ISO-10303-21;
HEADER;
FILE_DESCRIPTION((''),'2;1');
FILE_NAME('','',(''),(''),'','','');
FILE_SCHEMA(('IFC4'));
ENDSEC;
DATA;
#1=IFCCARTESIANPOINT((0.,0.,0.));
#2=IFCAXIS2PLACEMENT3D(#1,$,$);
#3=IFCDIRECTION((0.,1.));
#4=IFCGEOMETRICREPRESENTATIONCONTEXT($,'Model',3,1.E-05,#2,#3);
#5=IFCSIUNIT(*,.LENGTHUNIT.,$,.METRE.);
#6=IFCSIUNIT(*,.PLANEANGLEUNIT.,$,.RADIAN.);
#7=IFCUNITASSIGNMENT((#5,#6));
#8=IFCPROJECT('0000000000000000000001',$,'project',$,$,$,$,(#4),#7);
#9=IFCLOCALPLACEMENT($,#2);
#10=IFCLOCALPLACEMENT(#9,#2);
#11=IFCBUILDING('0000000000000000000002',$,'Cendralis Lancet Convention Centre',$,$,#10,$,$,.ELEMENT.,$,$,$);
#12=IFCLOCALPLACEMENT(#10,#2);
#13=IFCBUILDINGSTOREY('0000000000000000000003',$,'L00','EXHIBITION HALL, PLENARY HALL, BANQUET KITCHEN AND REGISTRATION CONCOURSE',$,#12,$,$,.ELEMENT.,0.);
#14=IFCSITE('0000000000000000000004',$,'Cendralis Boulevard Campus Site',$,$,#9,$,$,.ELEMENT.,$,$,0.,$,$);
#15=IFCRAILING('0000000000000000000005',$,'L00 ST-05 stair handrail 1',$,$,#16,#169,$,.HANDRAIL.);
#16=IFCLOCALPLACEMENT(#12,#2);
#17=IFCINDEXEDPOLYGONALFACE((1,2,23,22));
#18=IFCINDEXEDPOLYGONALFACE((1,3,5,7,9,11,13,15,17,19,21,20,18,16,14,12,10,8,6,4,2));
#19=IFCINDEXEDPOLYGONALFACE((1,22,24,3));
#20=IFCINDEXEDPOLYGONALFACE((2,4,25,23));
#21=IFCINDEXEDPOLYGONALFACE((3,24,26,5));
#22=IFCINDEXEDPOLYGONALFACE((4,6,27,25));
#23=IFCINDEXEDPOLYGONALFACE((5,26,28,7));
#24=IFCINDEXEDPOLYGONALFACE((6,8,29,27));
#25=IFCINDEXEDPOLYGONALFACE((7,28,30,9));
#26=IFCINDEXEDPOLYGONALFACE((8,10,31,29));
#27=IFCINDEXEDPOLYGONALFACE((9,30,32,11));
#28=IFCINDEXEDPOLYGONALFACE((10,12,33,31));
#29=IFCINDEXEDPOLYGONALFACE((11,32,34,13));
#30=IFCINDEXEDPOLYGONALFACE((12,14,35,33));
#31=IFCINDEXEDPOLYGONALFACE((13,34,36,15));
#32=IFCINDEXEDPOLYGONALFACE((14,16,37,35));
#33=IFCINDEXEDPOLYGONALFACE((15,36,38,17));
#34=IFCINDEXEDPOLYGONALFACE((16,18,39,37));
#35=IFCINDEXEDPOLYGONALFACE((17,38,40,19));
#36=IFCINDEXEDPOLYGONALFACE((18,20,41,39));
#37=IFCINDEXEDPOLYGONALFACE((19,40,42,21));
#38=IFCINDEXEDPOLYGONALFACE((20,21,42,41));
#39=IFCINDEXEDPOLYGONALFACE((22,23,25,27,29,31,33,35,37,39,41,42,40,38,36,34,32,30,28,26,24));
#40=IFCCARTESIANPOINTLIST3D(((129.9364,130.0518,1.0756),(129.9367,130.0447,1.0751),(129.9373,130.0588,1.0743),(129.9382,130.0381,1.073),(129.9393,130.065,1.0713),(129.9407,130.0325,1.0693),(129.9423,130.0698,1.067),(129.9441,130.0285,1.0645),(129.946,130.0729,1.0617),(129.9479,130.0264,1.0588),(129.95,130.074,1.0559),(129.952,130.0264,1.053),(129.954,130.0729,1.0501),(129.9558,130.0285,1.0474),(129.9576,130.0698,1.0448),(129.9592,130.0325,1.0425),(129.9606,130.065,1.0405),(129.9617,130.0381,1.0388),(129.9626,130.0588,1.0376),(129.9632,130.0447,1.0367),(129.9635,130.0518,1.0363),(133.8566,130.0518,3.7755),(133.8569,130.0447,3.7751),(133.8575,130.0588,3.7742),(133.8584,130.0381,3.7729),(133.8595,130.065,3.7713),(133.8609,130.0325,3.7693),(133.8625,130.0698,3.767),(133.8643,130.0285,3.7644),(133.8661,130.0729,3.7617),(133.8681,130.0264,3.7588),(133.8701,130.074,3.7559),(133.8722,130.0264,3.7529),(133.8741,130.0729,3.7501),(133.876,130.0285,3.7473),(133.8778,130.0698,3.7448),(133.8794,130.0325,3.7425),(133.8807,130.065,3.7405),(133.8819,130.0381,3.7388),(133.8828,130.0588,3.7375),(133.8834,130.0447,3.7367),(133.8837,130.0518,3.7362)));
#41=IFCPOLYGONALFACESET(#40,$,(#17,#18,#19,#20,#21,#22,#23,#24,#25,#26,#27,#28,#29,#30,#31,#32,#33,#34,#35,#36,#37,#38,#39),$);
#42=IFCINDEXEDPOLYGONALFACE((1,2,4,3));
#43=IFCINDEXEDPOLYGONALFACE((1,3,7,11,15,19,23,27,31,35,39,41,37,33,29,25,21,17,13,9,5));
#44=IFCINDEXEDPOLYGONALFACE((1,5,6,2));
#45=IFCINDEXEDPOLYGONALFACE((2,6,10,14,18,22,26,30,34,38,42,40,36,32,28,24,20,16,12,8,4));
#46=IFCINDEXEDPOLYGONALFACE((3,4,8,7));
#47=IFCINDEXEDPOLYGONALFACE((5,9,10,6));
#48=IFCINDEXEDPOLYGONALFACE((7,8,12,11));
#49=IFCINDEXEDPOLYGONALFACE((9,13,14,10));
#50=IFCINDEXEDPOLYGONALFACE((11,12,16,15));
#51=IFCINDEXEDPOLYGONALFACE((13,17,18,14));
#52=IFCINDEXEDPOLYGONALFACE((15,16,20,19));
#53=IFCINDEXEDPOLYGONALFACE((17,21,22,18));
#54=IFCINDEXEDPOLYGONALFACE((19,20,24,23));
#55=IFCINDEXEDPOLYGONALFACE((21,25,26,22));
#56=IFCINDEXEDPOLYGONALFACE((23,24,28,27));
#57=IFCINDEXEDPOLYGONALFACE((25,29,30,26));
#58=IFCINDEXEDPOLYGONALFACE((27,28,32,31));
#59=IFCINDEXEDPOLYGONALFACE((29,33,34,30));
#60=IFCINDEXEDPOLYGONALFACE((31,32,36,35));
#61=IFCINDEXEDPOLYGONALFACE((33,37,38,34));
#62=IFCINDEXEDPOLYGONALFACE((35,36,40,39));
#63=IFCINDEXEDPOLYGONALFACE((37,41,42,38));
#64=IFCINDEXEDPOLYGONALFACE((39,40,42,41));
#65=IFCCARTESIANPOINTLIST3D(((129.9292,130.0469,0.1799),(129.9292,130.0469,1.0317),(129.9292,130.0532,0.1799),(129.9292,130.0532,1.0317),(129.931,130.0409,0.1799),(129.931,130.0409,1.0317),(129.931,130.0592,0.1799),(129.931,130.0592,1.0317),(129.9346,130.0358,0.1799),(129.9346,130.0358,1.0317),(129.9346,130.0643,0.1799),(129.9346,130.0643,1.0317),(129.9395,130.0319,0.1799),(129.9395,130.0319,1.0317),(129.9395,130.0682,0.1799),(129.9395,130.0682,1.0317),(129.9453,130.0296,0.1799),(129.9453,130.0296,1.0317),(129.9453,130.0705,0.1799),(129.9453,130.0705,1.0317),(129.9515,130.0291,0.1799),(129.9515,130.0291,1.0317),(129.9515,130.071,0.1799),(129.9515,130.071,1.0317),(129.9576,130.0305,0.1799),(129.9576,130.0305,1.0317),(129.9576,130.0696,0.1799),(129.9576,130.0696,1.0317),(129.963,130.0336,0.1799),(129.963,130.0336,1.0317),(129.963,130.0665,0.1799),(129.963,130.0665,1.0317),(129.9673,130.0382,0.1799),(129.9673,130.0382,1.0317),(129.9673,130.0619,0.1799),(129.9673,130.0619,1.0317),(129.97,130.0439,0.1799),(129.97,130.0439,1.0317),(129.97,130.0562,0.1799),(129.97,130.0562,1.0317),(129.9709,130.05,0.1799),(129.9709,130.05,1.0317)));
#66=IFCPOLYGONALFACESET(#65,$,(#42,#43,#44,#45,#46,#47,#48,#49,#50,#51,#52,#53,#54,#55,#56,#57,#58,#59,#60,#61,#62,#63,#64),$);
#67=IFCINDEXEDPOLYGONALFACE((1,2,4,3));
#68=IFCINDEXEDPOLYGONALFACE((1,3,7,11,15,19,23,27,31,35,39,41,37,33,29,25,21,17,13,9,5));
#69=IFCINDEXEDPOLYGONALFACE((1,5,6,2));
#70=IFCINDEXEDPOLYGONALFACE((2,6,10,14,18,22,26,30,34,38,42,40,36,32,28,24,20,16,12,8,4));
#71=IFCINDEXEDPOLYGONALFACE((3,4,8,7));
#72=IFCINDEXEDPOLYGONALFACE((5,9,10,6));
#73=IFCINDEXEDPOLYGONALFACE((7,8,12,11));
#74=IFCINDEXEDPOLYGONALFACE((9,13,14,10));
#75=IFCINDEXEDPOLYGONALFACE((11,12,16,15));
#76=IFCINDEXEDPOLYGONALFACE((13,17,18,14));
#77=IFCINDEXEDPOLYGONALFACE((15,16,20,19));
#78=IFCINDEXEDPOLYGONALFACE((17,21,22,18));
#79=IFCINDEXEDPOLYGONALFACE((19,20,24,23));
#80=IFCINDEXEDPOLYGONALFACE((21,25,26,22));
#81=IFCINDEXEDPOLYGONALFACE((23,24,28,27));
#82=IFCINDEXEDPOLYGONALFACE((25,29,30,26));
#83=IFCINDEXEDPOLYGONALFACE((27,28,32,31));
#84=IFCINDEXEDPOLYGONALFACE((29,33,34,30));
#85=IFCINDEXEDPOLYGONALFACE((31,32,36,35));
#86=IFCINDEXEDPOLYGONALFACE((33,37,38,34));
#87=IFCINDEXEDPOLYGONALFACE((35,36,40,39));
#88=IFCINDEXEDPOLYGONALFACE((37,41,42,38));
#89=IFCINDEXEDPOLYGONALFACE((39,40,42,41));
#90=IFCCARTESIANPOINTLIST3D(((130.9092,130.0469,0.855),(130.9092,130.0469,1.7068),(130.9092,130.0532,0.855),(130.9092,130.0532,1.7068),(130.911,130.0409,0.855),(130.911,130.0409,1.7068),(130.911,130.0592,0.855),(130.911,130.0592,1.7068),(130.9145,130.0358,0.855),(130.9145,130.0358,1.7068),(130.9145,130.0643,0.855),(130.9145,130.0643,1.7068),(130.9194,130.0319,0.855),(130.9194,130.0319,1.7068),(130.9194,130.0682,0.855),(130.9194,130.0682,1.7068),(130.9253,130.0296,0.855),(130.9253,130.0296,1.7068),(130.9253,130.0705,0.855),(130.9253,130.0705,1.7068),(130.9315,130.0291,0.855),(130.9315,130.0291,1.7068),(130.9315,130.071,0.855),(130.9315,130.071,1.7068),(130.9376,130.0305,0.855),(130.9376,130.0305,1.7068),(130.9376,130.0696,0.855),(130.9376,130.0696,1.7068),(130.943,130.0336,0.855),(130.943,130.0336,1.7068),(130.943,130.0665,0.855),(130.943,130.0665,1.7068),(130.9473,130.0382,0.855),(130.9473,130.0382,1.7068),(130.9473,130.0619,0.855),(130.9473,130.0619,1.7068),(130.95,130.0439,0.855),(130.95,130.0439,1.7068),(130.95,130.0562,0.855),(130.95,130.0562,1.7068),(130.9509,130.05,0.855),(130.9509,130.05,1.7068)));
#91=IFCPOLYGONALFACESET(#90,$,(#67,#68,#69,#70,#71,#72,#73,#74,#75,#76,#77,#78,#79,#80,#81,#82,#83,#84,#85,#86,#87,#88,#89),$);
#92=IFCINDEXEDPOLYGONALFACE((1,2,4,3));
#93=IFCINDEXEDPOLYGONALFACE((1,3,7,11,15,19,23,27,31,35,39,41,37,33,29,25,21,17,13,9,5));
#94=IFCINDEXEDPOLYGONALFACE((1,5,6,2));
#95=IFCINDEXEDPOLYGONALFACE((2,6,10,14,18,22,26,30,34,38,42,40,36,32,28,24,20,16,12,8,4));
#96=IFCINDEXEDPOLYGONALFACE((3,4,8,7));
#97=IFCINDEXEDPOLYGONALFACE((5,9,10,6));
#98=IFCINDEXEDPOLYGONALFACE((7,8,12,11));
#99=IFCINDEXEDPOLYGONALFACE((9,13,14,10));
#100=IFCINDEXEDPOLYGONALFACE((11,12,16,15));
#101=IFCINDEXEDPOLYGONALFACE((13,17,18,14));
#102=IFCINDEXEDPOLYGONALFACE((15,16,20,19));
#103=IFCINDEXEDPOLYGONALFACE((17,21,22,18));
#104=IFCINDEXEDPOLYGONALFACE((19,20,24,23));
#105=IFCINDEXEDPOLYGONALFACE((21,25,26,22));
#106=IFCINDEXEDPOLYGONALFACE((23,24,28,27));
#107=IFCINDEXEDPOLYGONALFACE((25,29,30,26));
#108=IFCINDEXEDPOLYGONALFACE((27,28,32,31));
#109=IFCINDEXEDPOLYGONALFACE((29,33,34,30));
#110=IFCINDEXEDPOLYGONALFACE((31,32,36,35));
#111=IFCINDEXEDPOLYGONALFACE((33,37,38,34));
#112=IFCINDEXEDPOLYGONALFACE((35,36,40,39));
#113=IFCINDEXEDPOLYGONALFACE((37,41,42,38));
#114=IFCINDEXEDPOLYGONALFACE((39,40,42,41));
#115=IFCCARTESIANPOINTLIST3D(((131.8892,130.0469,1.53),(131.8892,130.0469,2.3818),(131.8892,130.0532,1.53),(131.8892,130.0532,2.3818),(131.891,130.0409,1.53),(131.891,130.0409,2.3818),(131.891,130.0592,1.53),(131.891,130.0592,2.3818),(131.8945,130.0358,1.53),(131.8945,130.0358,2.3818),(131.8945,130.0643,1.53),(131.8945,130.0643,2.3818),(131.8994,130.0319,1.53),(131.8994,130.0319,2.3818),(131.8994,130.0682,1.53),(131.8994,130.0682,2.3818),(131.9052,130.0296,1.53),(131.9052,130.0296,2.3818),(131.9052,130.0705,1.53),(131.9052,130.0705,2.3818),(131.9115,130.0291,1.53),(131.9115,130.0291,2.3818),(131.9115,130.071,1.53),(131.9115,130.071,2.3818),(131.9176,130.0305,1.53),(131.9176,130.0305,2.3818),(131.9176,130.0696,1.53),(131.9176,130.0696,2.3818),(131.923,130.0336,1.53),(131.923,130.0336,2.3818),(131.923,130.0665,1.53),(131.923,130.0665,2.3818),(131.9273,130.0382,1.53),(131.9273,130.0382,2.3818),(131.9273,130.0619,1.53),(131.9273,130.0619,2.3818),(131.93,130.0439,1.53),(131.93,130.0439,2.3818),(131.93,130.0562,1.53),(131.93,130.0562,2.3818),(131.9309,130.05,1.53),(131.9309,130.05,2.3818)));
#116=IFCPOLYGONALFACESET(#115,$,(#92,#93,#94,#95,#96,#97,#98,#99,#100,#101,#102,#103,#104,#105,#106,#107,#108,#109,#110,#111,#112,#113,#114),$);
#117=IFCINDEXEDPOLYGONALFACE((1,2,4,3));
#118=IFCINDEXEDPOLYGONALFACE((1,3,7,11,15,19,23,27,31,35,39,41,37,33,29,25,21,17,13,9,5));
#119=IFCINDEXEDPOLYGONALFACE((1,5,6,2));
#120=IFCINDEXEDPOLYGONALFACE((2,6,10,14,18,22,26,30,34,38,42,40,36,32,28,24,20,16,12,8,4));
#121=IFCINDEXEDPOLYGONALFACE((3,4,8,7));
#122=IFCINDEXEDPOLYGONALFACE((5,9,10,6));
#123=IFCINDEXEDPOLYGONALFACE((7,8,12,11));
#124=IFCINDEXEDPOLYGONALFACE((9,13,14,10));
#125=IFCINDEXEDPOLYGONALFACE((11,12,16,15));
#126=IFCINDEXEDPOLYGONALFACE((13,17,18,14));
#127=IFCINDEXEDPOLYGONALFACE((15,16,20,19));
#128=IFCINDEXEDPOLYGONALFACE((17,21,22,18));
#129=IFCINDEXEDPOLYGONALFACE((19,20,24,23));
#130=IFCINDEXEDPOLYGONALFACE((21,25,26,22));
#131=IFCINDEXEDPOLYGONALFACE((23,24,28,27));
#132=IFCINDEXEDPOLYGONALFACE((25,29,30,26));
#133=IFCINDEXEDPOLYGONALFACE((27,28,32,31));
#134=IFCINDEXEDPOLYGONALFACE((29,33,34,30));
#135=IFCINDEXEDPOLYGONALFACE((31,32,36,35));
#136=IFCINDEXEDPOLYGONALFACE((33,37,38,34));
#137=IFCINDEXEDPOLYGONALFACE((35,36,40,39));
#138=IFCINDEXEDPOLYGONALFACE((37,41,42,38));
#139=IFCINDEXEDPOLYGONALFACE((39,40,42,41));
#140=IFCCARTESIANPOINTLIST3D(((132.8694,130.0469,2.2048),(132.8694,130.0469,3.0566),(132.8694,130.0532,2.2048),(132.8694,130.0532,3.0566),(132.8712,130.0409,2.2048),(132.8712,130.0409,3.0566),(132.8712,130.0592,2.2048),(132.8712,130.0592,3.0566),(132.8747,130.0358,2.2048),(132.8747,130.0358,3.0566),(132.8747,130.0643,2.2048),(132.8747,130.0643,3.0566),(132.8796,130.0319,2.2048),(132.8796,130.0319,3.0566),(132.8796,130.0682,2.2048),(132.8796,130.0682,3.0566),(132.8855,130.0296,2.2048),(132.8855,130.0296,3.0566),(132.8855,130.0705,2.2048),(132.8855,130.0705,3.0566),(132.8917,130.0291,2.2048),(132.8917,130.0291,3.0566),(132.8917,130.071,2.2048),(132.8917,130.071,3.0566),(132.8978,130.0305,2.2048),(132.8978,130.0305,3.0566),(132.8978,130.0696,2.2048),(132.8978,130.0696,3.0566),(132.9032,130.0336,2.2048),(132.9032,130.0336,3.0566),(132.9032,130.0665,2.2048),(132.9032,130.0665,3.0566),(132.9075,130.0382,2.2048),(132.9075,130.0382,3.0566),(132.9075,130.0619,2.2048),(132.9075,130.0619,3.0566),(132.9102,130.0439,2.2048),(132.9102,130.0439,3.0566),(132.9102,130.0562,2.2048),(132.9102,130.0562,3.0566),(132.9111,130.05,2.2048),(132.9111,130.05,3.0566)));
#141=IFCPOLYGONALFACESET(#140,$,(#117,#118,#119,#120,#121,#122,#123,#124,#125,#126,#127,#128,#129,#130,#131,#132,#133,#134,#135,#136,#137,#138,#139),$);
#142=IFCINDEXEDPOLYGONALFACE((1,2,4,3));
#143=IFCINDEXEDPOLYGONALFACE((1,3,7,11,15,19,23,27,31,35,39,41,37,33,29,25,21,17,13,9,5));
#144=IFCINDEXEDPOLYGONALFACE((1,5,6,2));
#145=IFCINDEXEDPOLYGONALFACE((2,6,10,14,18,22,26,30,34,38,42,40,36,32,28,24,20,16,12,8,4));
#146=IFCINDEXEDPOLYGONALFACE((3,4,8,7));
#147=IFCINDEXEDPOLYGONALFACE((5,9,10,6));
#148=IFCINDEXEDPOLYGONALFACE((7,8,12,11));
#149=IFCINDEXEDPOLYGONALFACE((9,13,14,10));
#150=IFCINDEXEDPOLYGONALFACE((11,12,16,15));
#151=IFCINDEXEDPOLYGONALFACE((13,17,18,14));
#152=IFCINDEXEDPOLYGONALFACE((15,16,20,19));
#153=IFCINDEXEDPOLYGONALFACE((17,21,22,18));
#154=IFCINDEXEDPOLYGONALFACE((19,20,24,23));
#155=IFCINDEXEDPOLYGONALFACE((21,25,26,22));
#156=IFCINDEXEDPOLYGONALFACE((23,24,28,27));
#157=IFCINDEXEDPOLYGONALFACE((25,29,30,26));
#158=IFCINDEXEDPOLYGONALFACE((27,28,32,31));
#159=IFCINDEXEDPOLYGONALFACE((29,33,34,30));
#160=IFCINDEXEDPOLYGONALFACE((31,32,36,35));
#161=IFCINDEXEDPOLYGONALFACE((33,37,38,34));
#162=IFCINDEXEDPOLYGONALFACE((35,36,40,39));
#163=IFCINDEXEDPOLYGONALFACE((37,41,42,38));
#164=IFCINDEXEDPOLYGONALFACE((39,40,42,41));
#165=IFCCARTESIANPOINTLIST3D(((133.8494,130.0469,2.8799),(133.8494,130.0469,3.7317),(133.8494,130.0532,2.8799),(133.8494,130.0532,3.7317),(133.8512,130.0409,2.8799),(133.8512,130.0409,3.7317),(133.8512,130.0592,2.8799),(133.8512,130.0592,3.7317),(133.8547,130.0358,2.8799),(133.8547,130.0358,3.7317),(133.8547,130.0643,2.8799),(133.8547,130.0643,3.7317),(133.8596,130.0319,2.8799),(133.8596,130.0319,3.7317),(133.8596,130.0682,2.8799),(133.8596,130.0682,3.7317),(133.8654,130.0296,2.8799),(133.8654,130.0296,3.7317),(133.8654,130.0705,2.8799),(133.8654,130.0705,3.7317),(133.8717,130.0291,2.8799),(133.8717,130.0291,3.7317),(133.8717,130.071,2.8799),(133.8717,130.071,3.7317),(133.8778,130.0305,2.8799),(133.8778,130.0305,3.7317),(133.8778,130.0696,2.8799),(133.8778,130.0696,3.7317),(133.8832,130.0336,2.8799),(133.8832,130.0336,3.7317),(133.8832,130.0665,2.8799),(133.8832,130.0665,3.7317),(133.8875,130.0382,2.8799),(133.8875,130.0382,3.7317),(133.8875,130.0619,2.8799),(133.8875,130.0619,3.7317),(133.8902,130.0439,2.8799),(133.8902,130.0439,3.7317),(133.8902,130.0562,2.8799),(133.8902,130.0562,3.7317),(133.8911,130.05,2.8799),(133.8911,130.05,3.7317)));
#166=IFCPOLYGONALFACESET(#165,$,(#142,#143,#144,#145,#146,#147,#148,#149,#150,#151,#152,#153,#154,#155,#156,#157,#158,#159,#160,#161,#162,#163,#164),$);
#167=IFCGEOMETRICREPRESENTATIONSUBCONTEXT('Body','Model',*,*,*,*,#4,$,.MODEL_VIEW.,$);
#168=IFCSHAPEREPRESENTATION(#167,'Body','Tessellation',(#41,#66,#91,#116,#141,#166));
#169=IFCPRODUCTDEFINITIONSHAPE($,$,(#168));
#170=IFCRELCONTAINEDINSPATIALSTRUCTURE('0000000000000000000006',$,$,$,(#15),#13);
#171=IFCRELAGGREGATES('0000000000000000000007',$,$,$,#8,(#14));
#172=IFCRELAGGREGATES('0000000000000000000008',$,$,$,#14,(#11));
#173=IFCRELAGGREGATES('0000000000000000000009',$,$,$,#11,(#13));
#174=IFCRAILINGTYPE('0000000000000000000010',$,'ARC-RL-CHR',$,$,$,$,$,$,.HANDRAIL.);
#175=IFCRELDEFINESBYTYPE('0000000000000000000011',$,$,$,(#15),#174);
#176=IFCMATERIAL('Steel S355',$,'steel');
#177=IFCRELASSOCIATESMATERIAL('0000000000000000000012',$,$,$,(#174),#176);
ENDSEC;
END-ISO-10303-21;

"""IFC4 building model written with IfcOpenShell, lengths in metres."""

from ifc_helpers import new_model, si_unit, direction, frame, origin, origin_2d, place, context, subcontext, project, spatial, circle, extrude, material, type_object, element, save


model = new_model("IFC4")

# Units and contexts
model_context = context("Model", 3, precision=1e-05, world=origin(), true_north=direction((0.0, 1.0)))
body_context = subcontext(model_context, "Body", "Model", "MODEL_VIEW")
ifc_project = project(units=[si_unit("LENGTHUNIT", "METRE"), si_unit("PLANEANGLEUNIT", "RADIAN")], contexts=[model_context])

# Site, building, storey
site_placement = place(None, origin())
site = spatial("IfcSite", under=ifc_project, at=site_placement, Name="Cendralis Boulevard Campus Site", CompositionType="ELEMENT", RefElevation=0.0)
building_placement = place(site_placement, origin())
building = spatial("IfcBuilding", under=site, at=building_placement, Name="Cendralis Lancet Convention Centre", CompositionType="ELEMENT")
storey_placement = place(building_placement, origin())
storey = spatial("IfcBuildingStorey", under=building, at=storey_placement, Name="L00", Description="EXHIBITION HALL, PLENARY HALL, BANQUET KITCHEN AND REGISTRATION CONCOURSE", CompositionType="ELEMENT", Elevation=0.0)

# Shared definitions
ifc_material_1 = material(Name="Steel S355", Category="steel")

# Railing
railing_type_1 = type_object("IfcRailingType", Name="ARC-RL-CHR", PredefinedType="HANDRAIL", material=ifc_material_1)
railing_1_placement = place(storey_placement, frame((129.95, 130.05, 0.1799)))
element("IfcRailing", 1, at=railing_1_placement, inside=storey, type_object=railing_type_1, Name="L00 ST-05 stair handrail 1", PredefinedType="HANDRAIL", context=body_context, shape_type="SweptSolid", body=[
    extrude(circle(Radius=0.0239, at=origin_2d()), frame((0.0, 0.0, 0.876), z_axis=(0.823567, 0.0, 0.567219), x_axis=(0.0, 1.0, 0.0)), (0.0, 0.0, 1.0), 4.76),
    extrude(circle(Radius=0.021, at=origin_2d()), origin(), (0.0, 0.0, 1.0), 0.8518),
    extrude(circle(Radius=0.021, at=origin_2d()), frame((0.98, 0.0, 0.675)), (0.0, 0.0, 1.0), 0.8518),
    extrude(circle(Radius=0.021, at=origin_2d()), frame((1.96, 0.0, 1.3501)), (0.0, 0.0, 1.0), 0.8518),
    extrude(circle(Radius=0.021, at=origin_2d()), frame((2.9402, 0.0, 2.0249)), (0.0, 0.0, 1.0), 0.8518),
    extrude(circle(Radius=0.021, at=origin_2d()), frame((3.9202, 0.0, 2.7)), (0.0, 0.0, 1.0), 0.8518),
])

save(model, "model.ifc")
